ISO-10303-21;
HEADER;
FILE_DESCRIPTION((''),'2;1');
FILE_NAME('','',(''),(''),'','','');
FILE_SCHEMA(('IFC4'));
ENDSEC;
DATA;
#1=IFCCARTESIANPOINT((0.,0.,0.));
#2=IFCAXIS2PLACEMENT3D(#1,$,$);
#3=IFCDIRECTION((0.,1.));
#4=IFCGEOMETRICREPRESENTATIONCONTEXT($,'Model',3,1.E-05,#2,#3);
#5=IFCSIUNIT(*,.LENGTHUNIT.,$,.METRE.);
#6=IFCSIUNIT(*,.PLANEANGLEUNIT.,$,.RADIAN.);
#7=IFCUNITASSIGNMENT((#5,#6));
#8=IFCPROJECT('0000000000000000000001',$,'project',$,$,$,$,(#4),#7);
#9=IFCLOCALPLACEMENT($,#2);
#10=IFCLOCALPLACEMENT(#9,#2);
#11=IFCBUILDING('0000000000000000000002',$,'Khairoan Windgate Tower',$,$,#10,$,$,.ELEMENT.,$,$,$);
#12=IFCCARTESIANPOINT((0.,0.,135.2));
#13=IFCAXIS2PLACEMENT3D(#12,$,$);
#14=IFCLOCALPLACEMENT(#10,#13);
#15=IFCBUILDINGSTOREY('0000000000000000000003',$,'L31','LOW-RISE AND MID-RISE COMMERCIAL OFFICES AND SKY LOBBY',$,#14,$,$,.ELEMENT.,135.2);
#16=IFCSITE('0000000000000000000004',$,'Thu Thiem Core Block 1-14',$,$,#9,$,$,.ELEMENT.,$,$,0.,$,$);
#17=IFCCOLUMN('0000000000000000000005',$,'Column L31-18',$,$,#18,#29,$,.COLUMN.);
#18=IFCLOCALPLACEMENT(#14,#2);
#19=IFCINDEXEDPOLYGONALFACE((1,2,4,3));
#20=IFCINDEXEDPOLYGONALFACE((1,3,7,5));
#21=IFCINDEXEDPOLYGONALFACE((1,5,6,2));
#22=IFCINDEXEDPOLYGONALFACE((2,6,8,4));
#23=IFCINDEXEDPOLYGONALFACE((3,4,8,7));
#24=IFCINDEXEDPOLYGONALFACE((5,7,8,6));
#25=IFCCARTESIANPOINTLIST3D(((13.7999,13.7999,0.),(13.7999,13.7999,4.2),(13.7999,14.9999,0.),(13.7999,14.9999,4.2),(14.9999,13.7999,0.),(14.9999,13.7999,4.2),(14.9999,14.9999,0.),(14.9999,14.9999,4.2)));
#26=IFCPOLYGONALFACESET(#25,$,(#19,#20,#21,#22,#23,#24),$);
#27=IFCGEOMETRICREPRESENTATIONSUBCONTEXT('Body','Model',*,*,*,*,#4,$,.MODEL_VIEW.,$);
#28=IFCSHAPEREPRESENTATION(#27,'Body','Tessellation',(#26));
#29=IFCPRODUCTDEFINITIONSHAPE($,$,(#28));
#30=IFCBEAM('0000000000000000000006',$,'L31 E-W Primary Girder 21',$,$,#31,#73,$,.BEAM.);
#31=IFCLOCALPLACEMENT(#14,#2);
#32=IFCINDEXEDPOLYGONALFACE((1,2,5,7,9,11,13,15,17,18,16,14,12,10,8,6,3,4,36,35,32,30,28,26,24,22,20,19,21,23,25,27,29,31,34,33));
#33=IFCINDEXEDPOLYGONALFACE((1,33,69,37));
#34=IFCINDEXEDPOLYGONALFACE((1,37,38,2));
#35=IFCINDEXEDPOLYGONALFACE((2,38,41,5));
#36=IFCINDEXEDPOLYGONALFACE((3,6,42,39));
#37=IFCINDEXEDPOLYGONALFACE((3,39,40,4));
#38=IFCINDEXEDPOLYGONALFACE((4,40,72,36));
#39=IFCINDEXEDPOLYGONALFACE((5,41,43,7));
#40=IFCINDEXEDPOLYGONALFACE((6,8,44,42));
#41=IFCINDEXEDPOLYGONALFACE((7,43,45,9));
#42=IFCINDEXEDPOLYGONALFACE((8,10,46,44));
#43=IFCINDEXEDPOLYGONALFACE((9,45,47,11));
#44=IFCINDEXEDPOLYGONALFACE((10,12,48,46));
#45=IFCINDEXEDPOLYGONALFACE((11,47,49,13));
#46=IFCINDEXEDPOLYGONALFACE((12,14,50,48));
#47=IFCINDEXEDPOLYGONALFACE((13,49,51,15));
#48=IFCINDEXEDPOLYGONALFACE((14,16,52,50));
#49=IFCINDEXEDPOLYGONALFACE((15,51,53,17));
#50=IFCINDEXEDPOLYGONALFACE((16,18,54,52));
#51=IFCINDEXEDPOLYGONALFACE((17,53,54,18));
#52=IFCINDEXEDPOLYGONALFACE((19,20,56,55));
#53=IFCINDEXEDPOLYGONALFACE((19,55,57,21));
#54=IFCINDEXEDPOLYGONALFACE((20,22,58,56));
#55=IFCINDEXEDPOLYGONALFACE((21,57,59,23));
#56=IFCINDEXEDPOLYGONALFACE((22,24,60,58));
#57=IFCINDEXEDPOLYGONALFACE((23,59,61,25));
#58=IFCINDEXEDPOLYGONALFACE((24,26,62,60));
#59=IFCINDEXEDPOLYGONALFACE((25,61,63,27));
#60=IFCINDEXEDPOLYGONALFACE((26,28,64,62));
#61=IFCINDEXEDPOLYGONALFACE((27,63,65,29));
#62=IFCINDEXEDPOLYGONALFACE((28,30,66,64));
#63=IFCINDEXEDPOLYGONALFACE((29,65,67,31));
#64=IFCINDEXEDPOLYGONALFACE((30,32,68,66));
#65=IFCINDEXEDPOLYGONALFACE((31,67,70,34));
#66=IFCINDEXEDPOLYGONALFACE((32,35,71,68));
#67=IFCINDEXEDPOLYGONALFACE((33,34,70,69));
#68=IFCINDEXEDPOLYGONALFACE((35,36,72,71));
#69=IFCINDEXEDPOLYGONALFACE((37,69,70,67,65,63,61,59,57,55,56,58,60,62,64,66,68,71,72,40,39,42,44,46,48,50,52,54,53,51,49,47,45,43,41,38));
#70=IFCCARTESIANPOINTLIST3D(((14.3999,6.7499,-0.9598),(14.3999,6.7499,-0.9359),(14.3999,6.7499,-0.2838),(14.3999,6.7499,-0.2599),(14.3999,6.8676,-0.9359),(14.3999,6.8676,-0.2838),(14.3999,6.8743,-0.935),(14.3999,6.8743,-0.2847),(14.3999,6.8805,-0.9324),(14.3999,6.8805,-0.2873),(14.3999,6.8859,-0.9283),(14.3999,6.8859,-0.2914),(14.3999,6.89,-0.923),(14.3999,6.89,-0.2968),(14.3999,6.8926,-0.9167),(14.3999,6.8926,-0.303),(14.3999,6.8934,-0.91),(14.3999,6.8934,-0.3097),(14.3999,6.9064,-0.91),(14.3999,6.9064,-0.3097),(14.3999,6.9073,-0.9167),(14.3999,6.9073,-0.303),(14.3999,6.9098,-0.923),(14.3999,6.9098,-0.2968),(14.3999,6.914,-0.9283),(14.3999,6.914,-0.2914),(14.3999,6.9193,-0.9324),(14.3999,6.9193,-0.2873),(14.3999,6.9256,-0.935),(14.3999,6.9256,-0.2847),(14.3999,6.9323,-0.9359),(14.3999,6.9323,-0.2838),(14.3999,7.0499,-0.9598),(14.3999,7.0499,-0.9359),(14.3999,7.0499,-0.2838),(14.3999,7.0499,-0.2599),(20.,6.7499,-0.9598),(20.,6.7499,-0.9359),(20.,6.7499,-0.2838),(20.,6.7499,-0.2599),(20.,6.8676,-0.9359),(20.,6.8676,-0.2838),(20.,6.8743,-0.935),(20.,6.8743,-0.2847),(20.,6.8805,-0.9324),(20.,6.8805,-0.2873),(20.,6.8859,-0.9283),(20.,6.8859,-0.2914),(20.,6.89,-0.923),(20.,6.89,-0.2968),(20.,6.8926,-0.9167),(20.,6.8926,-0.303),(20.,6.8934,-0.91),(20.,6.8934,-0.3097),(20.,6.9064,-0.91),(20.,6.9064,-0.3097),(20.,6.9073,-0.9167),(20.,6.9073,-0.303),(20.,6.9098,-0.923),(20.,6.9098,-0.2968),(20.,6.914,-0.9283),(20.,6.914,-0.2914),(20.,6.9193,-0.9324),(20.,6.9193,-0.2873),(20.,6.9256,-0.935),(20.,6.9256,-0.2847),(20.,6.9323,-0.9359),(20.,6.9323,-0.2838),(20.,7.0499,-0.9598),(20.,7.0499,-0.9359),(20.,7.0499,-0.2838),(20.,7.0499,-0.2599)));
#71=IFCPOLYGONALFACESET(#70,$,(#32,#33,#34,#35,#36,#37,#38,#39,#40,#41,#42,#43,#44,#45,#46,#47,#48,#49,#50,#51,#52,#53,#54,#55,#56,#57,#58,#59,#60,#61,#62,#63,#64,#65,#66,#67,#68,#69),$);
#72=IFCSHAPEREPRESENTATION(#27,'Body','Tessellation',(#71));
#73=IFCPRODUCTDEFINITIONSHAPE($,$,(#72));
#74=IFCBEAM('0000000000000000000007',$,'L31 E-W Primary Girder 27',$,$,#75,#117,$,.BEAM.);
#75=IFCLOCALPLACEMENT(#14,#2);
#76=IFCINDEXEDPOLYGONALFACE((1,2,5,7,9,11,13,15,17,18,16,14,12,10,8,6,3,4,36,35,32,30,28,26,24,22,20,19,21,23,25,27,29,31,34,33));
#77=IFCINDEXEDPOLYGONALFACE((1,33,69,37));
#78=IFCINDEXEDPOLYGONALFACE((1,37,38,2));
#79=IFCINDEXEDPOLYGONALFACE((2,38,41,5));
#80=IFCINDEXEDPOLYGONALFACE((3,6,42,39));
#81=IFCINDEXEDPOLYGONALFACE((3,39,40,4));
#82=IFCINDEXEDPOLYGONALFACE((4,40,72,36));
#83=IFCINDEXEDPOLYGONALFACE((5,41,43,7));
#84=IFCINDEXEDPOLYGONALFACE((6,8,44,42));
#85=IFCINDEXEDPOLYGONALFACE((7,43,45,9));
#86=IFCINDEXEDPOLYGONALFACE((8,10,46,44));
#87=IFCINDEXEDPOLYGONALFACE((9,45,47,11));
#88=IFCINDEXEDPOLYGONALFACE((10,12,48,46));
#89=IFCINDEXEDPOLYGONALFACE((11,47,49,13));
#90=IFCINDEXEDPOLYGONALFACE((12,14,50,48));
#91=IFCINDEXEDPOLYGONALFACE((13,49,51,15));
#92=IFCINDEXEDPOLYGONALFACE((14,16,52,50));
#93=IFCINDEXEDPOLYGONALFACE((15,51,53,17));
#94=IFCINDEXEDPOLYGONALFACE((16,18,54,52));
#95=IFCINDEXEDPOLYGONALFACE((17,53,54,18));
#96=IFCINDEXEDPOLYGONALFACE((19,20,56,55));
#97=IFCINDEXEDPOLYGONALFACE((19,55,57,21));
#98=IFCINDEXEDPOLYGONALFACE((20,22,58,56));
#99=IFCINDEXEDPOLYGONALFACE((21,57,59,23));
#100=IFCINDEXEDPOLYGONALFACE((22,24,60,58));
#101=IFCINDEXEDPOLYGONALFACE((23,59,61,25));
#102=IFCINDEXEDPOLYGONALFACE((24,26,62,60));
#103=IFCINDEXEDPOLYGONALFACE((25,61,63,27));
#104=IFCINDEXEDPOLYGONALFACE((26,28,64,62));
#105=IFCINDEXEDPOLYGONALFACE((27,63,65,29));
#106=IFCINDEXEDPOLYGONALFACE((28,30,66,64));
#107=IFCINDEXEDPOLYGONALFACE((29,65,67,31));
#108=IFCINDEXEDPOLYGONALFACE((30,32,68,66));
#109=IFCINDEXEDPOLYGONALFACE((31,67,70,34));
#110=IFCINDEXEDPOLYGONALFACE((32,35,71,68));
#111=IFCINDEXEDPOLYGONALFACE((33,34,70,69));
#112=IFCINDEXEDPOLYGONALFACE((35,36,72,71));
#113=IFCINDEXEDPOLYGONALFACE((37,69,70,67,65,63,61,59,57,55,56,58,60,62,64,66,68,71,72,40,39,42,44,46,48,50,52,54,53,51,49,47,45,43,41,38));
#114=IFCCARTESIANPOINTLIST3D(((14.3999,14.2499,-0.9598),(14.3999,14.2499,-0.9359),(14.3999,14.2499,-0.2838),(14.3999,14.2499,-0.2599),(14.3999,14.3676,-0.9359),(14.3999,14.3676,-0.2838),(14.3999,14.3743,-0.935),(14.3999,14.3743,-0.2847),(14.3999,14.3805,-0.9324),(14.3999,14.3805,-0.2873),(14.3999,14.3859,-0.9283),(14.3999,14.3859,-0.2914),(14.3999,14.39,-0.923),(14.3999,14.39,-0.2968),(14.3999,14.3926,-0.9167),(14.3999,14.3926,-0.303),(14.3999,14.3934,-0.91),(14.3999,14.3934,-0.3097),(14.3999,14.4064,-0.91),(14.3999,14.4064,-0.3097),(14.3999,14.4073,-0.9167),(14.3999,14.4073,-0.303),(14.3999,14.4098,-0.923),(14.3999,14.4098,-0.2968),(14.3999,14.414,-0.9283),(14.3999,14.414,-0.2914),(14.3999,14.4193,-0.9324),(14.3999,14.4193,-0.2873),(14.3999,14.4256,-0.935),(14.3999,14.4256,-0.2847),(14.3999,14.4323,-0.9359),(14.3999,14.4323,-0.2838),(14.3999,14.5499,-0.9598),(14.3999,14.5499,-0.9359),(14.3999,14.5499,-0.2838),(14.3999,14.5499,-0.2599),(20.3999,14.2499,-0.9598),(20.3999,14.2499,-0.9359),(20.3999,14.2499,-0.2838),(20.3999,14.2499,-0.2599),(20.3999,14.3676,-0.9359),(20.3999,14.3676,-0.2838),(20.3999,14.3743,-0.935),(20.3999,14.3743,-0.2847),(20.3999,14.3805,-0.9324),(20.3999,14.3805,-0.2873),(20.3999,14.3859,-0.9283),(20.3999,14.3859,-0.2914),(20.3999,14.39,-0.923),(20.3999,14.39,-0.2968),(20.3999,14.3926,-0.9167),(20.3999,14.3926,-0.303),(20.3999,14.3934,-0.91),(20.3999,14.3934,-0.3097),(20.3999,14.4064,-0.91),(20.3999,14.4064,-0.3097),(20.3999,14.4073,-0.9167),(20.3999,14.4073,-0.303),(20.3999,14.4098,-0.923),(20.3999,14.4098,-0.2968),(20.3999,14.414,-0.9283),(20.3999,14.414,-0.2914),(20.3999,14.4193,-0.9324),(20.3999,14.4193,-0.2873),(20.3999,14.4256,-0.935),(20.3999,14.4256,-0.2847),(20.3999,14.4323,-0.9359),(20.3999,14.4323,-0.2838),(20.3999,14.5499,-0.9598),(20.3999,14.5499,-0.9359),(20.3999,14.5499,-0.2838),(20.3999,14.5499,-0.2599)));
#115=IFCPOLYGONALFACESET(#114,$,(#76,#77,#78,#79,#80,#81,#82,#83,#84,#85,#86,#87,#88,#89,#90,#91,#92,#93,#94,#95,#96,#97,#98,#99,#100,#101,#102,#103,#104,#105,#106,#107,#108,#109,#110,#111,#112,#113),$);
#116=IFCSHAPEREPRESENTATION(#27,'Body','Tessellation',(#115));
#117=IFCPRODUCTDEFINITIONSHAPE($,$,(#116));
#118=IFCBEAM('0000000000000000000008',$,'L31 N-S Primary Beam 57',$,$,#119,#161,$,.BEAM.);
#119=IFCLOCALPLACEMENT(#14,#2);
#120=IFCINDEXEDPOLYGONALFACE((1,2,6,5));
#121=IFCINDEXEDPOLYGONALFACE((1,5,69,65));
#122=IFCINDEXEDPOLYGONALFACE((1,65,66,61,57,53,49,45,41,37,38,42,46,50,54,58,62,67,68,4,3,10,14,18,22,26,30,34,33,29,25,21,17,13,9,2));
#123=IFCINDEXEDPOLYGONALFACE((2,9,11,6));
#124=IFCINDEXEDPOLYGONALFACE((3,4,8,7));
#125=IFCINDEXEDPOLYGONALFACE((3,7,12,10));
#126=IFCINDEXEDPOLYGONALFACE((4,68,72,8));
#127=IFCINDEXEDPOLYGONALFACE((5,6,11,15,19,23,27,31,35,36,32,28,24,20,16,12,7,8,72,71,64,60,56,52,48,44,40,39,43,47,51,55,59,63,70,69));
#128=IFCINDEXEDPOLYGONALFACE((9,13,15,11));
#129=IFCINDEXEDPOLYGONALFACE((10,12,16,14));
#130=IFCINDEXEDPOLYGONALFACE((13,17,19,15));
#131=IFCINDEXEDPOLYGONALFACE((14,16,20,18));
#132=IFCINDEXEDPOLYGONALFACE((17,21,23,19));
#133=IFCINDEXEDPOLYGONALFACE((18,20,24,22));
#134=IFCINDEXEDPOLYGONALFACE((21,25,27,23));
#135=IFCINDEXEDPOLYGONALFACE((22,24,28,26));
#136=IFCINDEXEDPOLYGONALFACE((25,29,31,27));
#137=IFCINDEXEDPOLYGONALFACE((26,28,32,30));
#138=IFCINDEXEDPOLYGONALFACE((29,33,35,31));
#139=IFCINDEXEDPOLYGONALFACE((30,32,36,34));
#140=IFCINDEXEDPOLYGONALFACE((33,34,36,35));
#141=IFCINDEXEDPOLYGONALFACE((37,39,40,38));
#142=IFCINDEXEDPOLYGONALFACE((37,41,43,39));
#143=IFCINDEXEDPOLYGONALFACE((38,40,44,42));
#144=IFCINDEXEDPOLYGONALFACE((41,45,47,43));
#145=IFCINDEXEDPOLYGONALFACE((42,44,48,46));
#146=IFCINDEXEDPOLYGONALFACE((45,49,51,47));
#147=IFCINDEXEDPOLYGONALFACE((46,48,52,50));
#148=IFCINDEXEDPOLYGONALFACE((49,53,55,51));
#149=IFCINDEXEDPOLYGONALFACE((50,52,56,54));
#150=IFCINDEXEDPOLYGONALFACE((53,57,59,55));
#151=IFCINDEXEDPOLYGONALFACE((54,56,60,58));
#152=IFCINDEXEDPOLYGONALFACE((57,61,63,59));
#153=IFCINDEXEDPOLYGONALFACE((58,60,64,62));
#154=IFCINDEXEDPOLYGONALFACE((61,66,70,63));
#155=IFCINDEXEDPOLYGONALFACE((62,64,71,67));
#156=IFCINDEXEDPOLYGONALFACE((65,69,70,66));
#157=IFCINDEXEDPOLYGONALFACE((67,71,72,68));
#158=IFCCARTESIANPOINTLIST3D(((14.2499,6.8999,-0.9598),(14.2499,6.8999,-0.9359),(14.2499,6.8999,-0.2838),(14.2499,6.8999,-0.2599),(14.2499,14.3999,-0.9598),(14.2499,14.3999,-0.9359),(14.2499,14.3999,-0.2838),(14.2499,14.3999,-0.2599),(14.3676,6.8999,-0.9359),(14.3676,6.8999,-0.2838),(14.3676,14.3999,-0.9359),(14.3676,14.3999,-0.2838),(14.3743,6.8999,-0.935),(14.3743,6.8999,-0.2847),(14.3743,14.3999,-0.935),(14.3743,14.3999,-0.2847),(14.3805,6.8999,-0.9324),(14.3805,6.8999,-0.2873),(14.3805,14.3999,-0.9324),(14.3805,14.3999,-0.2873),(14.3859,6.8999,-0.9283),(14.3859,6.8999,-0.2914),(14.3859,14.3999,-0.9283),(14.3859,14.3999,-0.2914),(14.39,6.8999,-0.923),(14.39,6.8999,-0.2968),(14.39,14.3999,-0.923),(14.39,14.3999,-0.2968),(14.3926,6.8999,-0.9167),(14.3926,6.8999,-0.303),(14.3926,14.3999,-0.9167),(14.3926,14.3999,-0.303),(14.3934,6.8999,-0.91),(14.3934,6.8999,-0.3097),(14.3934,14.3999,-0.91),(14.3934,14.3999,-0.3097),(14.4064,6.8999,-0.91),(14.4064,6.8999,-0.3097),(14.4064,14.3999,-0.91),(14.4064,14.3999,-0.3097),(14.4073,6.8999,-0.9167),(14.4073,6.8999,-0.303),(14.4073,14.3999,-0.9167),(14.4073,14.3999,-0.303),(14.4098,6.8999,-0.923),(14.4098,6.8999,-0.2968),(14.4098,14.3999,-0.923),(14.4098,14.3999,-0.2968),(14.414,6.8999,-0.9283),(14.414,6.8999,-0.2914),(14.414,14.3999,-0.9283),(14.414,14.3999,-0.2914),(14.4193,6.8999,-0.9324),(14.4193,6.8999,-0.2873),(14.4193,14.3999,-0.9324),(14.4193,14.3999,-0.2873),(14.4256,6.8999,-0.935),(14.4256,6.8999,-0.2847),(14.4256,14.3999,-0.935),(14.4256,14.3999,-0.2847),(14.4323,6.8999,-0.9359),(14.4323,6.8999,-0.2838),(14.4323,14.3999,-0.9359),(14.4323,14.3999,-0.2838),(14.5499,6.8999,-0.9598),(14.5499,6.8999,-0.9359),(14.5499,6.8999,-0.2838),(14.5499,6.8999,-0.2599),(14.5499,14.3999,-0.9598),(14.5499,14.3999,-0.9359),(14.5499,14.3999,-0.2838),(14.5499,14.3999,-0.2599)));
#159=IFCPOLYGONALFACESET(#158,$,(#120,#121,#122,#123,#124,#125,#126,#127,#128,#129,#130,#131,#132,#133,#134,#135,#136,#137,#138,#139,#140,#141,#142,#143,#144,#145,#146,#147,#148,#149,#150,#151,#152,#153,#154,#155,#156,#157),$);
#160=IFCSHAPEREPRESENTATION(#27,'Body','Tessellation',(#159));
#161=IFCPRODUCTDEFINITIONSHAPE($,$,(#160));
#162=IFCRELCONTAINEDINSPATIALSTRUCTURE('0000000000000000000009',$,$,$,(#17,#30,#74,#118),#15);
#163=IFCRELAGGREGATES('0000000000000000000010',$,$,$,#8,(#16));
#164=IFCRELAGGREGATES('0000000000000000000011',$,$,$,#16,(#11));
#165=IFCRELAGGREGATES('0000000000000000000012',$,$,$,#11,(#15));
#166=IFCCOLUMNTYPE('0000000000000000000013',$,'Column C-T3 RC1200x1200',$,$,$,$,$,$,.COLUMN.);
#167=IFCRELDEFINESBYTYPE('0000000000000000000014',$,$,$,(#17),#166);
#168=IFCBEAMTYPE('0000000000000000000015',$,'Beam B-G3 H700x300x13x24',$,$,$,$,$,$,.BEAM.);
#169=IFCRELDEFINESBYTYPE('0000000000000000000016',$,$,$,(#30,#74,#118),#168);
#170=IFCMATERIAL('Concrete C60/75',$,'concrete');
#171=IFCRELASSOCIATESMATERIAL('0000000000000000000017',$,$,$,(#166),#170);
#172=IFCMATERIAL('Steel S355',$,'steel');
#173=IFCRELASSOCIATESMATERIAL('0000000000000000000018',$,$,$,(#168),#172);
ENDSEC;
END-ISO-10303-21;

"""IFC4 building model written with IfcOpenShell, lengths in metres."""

from ifc_helpers import new_model, si_unit, direction, frame, origin, origin_2d, place, context, subcontext, project, spatial, rectangle, i_section, extrude, material, material_profile, profile_set, type_object, element, save


model = new_model("IFC4")

# Units and contexts
model_context = context("Model", 3, precision=1e-05, world=origin(), true_north=direction((0.0, 1.0)))
body_context = subcontext(model_context, "Body", "Model", "MODEL_VIEW")
ifc_project = project(units=[si_unit("LENGTHUNIT", "METRE"), si_unit("PLANEANGLEUNIT", "RADIAN")], contexts=[model_context])

# Site, building, storey
site_placement = place(None, origin())
site = spatial("IfcSite", under=ifc_project, at=site_placement, Name="Thu Thiem Core Block 1-14", CompositionType="ELEMENT", RefElevation=0.0)
building_placement = place(site_placement, origin())
building = spatial("IfcBuilding", under=site, at=building_placement, Name="Khairoan Windgate Tower", CompositionType="ELEMENT")
storey_placement = place(building_placement, frame((0.0, 0.0, 135.2)))
storey = spatial("IfcBuildingStorey", under=building, at=storey_placement, Name="L31", Description="LOW-RISE AND MID-RISE COMMERCIAL OFFICES AND SKY LOBBY", CompositionType="ELEMENT", Elevation=135.2)

# Column
ifc_material_1 = material(Name="Concrete C60/75", Category="concrete")
ifc_material_profile_1 = material_profile(ifc_material_1, rectangle(XDim=1.2, YDim=1.2, at=origin_2d()))
ifc_profile_set_1 = profile_set([ifc_material_profile_1], Name="Concrete C60/75")
column_type = type_object("IfcColumnType", Name="Column C-T3 RC1200x1200", PredefinedType="COLUMN", material=ifc_profile_set_1)
column_placement = place(storey_placement, frame((14.3999, 14.3999, 0.0), z_axis=(0.0, 0.0, 1.0), x_axis=(1.0, 0.0, 0.0)))
element("IfcColumn", 1, at=column_placement, inside=storey, type_object=column_type, Name="Column L31-18", PredefinedType="COLUMN", context=body_context, shape_type="SweptSolid", body=[
    extrude(rectangle(XDim=1.2, YDim=1.2, at=origin_2d()), origin(), (0.0, 0.0, 1.0), 4.2),
])

# Beams
ifc_material_2 = material(Name="Steel S355", Category="steel")
ifc_material_profile_2 = material_profile(ifc_material_2, i_section(OverallWidth=0.3, OverallDepth=0.7, WebThickness=0.0129, FlangeThickness=0.0239, FilletRadius=0.0259, at=origin_2d()))
ifc_profile_set_2 = profile_set([ifc_material_profile_2], Name="Steel S355")
beam_type_1 = type_object("IfcBeamType", Name="Beam B-G3 H700x300x13x24", PredefinedType="BEAM", material=ifc_profile_set_2)
beam_1_placement = place(storey_placement, frame((14.3999, 6.8999, -0.6099), z_axis=(1.0, 0.0, 0.0), x_axis=(0.0, 1.0, 0.0)))
element("IfcBeam", 2, at=beam_1_placement, inside=storey, type_object=beam_type_1, Name="L31 E-W Primary Girder 21", PredefinedType="BEAM", context=body_context, shape_type="SweptSolid", body=[
    extrude(i_section(OverallWidth=0.3, OverallDepth=0.7, WebThickness=0.0129, FlangeThickness=0.0239, FilletRadius=0.0259, at=origin_2d()), origin(), (0.0, 0.0, 1.0), 5.6001),
])
beam_2_placement = place(storey_placement, frame((14.3999, 14.3999, -0.6099), z_axis=(1.0, 0.0, 0.0), x_axis=(0.0, 1.0, 0.0)))
element("IfcBeam", 3, at=beam_2_placement, inside=storey, type_object=beam_type_1, Name="L31 E-W Primary Girder 27", PredefinedType="BEAM", context=body_context, shape_type="SweptSolid", body=[
    extrude(i_section(OverallWidth=0.3, OverallDepth=0.7, WebThickness=0.0129, FlangeThickness=0.0239, FilletRadius=0.0259, at=origin_2d()), origin(), (0.0, 0.0, 1.0), 6.0),
])
beam_3_placement = place(storey_placement, frame((14.3999, 6.8999, -0.6099), z_axis=(0.0, 1.0, 0.0), x_axis=(-1.0, 0.0, 0.0)))
element("IfcBeam", 4, at=beam_3_placement, inside=storey, type_object=beam_type_1, Name="L31 N-S Primary Beam 57", PredefinedType="BEAM", context=body_context, shape_type="SweptSolid", body=[
    extrude(i_section(OverallWidth=0.3, OverallDepth=0.7, WebThickness=0.0129, FlangeThickness=0.0239, FilletRadius=0.0259, at=origin_2d()), origin(), (0.0, 0.0, 1.0), 7.5),
])

save(model, "model.ifc")
